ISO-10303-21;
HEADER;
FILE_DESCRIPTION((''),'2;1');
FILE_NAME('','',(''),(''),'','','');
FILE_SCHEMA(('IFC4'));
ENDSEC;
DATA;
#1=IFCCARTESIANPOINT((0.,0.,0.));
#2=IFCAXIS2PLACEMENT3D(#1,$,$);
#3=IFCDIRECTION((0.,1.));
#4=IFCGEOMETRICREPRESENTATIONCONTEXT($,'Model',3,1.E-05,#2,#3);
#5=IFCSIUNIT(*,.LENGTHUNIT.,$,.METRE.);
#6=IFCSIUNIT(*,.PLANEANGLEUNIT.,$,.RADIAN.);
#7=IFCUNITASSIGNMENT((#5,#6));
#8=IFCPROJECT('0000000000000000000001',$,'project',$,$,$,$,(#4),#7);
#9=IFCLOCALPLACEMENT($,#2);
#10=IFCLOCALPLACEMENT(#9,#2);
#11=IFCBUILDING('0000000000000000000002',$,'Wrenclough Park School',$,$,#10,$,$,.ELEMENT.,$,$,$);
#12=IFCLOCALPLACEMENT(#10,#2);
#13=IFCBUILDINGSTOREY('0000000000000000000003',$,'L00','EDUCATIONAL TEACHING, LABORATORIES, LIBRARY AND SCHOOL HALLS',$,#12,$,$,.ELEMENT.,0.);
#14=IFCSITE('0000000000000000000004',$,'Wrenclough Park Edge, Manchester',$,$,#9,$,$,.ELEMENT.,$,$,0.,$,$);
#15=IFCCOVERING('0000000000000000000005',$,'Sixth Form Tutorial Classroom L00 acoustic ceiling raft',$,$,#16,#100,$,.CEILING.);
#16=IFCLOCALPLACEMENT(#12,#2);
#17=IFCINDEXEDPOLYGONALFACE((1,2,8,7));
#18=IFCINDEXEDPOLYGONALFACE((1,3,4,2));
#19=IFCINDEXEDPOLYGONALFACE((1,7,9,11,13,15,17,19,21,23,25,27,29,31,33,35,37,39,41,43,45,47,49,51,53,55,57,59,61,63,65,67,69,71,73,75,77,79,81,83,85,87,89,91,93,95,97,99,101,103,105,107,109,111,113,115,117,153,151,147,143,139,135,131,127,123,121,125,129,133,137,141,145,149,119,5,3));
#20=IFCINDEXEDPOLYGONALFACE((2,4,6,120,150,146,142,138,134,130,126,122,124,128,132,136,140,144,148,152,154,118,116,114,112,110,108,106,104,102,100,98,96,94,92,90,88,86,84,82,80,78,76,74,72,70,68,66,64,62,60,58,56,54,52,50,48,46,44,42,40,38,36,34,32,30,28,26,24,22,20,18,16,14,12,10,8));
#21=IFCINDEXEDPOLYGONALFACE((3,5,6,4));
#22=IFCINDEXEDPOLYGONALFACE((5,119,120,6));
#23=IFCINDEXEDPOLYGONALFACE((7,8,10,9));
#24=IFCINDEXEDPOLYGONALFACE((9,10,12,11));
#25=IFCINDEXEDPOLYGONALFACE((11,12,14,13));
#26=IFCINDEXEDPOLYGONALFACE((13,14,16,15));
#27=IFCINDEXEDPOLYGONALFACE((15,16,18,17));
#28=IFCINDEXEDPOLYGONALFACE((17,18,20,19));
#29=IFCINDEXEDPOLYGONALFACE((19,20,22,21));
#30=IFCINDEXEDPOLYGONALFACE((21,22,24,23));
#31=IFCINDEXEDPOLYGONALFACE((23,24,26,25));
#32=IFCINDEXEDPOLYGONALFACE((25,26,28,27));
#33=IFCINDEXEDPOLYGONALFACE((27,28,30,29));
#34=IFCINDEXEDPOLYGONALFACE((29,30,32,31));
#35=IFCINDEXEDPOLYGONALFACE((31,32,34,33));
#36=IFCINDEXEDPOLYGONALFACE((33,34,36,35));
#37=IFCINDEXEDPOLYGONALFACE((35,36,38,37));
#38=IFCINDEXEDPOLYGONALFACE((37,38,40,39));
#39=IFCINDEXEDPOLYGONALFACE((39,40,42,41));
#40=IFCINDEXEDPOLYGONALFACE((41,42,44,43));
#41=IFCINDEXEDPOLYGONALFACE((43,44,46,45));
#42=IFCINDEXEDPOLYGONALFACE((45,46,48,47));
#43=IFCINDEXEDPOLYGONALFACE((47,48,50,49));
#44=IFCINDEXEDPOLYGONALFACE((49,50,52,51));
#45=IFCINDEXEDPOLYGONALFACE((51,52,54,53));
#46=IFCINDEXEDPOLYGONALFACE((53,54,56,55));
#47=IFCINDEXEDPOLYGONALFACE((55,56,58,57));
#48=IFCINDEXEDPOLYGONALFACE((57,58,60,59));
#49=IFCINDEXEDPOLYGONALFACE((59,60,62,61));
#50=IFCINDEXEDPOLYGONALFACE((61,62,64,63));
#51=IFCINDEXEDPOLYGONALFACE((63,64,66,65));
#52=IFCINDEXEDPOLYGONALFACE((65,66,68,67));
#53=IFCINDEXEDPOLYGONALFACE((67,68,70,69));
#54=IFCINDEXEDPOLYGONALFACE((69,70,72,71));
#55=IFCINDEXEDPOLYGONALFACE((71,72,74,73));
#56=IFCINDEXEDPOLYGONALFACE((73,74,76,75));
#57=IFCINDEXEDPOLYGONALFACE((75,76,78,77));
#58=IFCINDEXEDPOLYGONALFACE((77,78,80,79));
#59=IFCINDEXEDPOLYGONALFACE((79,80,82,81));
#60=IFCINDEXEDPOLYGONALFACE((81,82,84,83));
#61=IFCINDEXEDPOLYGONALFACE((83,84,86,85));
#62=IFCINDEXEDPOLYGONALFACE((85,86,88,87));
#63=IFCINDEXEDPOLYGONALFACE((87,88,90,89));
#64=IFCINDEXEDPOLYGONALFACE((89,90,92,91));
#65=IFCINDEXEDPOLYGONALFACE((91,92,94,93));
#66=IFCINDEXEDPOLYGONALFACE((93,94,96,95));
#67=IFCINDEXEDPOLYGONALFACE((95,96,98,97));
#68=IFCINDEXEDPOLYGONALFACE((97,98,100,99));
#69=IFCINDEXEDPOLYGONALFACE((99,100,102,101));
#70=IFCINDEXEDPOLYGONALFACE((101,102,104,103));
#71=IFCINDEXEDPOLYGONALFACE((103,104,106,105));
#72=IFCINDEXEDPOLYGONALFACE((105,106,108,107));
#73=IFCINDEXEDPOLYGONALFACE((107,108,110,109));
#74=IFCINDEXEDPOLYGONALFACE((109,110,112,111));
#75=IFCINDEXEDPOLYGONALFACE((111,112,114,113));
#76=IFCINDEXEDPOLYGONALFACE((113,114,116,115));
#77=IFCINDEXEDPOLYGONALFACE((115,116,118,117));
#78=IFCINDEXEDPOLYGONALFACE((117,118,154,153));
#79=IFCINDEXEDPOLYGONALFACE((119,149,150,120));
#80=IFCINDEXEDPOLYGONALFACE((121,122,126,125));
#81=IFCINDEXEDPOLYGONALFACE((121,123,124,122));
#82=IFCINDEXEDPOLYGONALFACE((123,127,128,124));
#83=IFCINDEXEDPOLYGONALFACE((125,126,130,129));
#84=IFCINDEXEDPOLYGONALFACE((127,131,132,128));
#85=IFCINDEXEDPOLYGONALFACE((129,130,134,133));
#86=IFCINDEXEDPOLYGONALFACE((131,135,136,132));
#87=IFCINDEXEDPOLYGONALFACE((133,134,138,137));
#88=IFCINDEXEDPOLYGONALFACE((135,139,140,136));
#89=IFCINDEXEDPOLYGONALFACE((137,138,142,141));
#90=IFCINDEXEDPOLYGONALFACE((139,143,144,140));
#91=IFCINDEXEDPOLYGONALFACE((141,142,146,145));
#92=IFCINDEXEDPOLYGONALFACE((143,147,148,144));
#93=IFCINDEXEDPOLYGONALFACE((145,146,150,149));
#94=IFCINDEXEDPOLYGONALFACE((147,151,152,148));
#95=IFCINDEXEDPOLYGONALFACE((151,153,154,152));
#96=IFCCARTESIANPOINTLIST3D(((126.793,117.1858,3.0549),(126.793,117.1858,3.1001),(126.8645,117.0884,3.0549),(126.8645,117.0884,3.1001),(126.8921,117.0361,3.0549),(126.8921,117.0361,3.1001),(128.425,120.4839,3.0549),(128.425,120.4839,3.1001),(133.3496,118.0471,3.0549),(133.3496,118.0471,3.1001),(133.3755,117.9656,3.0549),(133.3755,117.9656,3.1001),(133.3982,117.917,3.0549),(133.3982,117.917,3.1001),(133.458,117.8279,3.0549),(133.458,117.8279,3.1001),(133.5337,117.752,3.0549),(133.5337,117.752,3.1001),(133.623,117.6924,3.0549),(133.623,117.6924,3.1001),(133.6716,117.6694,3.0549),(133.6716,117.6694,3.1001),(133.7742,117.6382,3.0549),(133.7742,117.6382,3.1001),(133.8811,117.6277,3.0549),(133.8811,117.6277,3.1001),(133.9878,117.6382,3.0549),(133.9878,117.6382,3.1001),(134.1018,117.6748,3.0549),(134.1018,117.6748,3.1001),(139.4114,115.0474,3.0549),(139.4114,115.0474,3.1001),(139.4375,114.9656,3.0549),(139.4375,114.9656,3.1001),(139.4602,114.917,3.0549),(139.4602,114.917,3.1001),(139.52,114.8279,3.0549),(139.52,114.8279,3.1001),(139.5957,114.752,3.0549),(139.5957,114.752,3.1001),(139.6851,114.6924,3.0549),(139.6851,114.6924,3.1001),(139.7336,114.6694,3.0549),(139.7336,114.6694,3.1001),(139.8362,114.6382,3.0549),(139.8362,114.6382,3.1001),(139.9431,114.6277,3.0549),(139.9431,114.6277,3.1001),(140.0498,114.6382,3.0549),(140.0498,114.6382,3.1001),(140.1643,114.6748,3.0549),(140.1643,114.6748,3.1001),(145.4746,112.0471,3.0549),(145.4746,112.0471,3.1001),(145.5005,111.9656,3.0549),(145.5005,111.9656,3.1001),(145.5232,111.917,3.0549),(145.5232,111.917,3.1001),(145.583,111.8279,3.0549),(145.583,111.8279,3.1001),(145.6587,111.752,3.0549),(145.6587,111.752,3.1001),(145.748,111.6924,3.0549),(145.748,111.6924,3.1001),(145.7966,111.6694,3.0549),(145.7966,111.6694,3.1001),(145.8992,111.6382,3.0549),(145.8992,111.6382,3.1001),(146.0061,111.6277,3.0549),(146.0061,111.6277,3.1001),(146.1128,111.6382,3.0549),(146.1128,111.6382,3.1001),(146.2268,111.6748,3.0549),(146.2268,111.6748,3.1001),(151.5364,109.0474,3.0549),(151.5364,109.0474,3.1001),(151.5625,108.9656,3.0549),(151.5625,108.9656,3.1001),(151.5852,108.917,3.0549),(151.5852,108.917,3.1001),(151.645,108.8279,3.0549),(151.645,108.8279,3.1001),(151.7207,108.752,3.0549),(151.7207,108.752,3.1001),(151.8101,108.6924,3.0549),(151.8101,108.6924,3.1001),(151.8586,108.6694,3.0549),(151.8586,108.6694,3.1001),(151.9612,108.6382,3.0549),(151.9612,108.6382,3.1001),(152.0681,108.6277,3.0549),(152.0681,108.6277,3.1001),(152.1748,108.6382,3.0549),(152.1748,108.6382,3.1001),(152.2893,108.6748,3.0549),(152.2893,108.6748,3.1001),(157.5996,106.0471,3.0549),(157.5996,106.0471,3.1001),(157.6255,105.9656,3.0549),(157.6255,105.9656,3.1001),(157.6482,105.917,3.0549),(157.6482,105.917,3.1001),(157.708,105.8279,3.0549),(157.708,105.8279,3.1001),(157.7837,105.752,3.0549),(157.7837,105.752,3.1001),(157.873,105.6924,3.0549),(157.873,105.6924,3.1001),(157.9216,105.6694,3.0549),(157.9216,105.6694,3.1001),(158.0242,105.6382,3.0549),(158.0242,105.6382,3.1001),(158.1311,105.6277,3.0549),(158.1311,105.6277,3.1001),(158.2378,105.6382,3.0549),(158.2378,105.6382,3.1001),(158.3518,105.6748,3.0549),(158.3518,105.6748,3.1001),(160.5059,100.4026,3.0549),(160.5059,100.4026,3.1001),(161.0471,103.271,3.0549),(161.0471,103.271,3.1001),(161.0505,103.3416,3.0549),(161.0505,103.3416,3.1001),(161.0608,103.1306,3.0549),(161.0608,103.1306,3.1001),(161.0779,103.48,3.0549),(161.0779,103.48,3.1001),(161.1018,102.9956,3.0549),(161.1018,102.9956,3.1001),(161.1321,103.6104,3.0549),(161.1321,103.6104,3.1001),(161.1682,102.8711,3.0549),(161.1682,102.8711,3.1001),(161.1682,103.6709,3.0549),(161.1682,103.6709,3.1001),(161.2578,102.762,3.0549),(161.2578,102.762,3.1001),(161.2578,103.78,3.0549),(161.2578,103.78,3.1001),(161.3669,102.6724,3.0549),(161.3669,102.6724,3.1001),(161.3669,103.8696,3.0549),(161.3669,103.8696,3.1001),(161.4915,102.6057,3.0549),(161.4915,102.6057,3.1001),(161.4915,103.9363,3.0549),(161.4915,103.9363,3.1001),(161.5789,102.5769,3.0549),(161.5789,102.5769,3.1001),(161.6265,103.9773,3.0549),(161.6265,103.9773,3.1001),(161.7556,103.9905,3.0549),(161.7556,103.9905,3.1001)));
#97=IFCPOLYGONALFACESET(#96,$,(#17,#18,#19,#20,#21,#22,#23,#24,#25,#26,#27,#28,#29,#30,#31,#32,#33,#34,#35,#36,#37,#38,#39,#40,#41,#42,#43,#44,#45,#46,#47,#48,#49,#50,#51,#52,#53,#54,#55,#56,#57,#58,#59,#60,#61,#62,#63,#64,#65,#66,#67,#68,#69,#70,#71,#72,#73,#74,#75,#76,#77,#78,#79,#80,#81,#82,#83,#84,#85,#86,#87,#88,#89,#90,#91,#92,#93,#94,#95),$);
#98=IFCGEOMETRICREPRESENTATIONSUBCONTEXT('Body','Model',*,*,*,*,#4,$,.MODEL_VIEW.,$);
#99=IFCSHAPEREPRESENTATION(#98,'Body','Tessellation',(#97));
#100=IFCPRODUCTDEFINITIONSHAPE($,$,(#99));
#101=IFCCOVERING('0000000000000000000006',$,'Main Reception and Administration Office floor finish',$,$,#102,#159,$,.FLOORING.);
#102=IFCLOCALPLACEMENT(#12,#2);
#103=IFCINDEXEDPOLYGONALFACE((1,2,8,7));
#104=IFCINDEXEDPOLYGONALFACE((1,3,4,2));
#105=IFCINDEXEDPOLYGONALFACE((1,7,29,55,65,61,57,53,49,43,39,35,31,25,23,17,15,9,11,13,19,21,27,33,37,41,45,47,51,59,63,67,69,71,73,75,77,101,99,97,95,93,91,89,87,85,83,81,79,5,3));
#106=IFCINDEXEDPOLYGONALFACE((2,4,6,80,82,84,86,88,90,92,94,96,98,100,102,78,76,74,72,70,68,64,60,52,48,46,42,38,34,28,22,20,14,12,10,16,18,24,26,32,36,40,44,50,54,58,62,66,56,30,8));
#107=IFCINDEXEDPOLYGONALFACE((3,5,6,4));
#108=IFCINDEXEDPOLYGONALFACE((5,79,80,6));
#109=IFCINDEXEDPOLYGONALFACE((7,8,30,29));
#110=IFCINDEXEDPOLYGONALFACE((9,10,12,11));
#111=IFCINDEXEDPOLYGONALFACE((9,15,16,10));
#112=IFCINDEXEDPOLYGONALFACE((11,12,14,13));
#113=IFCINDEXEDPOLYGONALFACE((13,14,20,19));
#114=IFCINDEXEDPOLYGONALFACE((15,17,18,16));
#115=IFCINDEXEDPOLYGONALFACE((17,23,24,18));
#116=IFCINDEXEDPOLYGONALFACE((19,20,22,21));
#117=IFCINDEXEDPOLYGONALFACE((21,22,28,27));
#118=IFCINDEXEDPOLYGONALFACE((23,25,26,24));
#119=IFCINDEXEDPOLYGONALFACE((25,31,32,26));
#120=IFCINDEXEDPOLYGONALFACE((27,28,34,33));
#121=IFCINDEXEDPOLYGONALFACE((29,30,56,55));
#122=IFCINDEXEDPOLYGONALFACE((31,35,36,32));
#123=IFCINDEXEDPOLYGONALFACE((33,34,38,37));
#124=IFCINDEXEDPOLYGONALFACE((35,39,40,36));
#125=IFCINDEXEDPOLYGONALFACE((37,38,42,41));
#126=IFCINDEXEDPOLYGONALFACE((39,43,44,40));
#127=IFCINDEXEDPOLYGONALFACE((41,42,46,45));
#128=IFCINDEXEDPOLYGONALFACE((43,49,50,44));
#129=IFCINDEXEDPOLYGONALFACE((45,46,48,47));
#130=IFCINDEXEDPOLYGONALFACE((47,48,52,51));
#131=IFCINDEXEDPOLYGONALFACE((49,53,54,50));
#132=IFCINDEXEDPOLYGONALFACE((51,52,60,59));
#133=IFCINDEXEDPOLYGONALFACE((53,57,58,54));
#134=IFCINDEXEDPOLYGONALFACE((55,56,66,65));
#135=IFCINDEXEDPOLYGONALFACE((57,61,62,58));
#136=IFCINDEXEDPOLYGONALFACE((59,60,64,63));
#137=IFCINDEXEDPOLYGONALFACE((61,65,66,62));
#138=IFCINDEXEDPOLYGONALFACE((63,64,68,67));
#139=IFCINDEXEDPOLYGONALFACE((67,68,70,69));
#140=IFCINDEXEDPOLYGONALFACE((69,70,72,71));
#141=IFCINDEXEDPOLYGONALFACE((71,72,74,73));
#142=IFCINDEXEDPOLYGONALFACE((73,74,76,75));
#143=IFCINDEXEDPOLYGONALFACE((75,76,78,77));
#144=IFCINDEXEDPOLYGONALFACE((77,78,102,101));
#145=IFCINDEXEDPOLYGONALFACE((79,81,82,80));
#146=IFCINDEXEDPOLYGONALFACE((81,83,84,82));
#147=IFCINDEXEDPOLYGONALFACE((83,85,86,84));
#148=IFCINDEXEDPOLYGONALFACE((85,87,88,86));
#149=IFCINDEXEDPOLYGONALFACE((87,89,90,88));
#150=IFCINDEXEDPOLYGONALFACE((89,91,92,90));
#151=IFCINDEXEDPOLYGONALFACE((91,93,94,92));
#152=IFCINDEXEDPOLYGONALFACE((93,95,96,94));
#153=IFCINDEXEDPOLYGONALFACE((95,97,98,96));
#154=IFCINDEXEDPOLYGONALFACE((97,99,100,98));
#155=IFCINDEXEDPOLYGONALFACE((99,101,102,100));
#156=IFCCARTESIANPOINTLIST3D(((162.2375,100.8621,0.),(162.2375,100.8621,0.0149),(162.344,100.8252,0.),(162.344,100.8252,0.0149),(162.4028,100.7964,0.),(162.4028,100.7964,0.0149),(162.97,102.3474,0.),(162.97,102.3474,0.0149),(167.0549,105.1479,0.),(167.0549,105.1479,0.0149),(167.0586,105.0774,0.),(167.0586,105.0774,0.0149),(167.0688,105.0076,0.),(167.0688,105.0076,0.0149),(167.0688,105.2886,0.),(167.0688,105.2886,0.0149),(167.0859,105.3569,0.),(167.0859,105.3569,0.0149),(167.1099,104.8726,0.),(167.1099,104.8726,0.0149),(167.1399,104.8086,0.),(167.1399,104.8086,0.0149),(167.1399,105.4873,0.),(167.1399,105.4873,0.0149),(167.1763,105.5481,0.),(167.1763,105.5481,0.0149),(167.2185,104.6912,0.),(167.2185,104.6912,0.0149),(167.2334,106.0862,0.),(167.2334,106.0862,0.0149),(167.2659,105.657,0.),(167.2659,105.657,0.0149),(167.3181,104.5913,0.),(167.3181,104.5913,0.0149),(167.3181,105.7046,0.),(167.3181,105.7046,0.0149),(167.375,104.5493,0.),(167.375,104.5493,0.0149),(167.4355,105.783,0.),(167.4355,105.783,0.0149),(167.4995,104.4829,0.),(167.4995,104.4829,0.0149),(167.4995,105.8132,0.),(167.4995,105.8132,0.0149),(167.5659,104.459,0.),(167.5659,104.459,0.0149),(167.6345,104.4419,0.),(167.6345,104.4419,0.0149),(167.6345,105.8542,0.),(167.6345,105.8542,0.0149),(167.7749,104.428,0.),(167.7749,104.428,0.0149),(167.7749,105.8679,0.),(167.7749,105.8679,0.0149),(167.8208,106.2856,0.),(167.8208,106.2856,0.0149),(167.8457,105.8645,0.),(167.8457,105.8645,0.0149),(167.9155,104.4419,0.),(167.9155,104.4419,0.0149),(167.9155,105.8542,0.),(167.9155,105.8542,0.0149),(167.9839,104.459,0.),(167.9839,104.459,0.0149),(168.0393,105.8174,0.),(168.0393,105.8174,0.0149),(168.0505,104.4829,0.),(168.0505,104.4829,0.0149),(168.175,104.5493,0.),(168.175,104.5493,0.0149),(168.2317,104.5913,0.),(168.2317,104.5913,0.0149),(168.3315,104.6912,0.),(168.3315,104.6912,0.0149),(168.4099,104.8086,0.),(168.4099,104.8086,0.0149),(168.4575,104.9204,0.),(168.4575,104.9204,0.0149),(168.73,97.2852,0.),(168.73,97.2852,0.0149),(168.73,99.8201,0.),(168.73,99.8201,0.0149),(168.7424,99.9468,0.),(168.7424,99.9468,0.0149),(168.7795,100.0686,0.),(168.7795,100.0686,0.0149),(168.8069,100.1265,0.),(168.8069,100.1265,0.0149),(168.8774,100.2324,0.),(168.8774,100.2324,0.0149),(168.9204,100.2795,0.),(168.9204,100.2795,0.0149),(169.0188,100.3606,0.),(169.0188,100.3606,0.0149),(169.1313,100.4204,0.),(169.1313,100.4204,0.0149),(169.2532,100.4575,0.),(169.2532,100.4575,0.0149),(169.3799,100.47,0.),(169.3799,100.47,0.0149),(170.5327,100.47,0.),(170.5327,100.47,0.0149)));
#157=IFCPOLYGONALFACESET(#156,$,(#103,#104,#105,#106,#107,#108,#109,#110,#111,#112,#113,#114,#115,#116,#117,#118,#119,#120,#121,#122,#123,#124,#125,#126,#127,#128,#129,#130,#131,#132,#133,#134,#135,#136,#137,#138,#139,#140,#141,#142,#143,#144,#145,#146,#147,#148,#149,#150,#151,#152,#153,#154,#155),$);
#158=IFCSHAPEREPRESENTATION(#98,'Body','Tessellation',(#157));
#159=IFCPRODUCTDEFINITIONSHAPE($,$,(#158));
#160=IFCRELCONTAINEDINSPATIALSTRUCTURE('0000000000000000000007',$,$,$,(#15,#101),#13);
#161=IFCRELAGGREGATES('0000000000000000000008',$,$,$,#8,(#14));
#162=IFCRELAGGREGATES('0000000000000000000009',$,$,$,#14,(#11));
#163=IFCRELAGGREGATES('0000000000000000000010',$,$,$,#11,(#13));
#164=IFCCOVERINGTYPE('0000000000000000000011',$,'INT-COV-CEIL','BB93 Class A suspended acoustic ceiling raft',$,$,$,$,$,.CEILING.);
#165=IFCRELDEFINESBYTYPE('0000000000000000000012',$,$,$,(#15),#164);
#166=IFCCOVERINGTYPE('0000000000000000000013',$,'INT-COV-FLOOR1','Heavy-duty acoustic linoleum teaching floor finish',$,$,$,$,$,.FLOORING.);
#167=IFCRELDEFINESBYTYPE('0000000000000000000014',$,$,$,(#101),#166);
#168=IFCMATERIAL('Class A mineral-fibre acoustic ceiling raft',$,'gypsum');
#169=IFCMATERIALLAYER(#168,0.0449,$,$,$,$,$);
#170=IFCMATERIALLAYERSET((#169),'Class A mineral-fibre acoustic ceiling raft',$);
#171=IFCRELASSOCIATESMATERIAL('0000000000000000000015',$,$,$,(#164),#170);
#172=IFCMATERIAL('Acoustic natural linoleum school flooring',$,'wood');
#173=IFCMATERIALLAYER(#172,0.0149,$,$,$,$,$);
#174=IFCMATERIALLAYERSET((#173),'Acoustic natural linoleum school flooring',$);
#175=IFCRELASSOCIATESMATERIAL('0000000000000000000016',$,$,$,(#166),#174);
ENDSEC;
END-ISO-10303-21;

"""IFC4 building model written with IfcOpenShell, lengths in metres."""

from ifc_helpers import new_model, si_unit, direction, frame, origin, place, context, subcontext, project, spatial, polyline, outline, extrude, material, layer, layer_set, type_object, element, save


model = new_model("IFC4")

# Units and contexts
model_context = context("Model", 3, precision=1e-05, world=origin(), true_north=direction((0.0, 1.0)))
body_context = subcontext(model_context, "Body", "Model", "MODEL_VIEW")
ifc_project = project(units=[si_unit("LENGTHUNIT", "METRE"), si_unit("PLANEANGLEUNIT", "RADIAN")], contexts=[model_context])

# Site, building, storey
site_placement = place(None, origin())
site = spatial("IfcSite", under=ifc_project, at=site_placement, Name="Wrenclough Park Edge, Manchester", CompositionType="ELEMENT", RefElevation=0.0)
building_placement = place(site_placement, origin())
building = spatial("IfcBuilding", under=site, at=building_placement, Name="Wrenclough Park School", CompositionType="ELEMENT")
storey_placement = place(building_placement, origin())
storey = spatial("IfcBuildingStorey", under=building, at=storey_placement, Name="L00", Description="EDUCATIONAL TEACHING, LABORATORIES, LIBRARY AND SCHOOL HALLS", CompositionType="ELEMENT", Elevation=0.0)

# Coverings
ifc_material_1 = material(Name="Class A mineral-fibre acoustic ceiling raft", Category="gypsum")
ifc_layer_1 = layer(ifc_material_1, 0.0449)
ifc_layer_set_1 = layer_set([ifc_layer_1], Name="Class A mineral-fibre acoustic ceiling raft")
covering_type_1 = type_object("IfcCoveringType", Name="INT-COV-CEIL", Description="BB93 Class A suspended acoustic ceiling raft", PredefinedType="CEILING", material=ifc_layer_set_1)
covering_1_placement = place(storey_placement, frame((0.0, 0.0, 3.0549)))
element("IfcCovering", 1, at=covering_1_placement, inside=storey, type_object=covering_type_1, Name="Sixth Form Tutorial Classroom L00 acoustic ceiling raft", PredefinedType="CEILING", context=body_context, shape_type="SweptSolid", body=[
    extrude(outline(polyline([(126.8645, 117.0884), (126.8921, 117.0361), (160.5059, 100.4026), (161.5789, 102.5769), (161.4915, 102.6057), (161.3669, 102.6724), (161.2578, 102.762), (161.1682, 102.8711), (161.1018, 102.9956), (161.0608, 103.1306), (161.0471, 103.271), (161.0505, 103.3416), (161.0779, 103.48), (161.1321, 103.6104), (161.1682, 103.6709), (161.2578, 103.78), (161.3669, 103.8696), (161.4915, 103.9363), (161.6265, 103.9773), (161.7556, 103.9905), (158.3518, 105.6748), (158.2378, 105.6382), (158.1311, 105.6277), (158.0242, 105.6382), (157.9216, 105.6694), (157.873, 105.6924), (157.7837, 105.752), (157.708, 105.8279), (157.6482, 105.917), (157.6255, 105.9656), (157.5996, 106.0471), (152.2893, 108.6748), (152.1748, 108.6382), (152.0681, 108.6277), (151.9612, 108.6382), (151.8586, 108.6694), (151.8101, 108.6924), (151.7207, 108.752), (151.645, 108.8279), (151.5852, 108.917), (151.5625, 108.9656), (151.5364, 109.0474), (146.2268, 111.6748), (146.1128, 111.6382), (146.0061, 111.6277), (145.8992, 111.6382), (145.7966, 111.6694), (145.748, 111.6924), (145.6587, 111.752), (145.583, 111.8279), (145.5232, 111.917), (145.5005, 111.9656), (145.4746, 112.0471), (140.1643, 114.6748), (140.0498, 114.6382), (139.9431, 114.6277), (139.8362, 114.6382), (139.7336, 114.6694), (139.6851, 114.6924), (139.5957, 114.752), (139.52, 114.8279), (139.4602, 114.917), (139.4375, 114.9656), (139.4114, 115.0474), (134.1018, 117.6748), (133.9878, 117.6382), (133.8811, 117.6277), (133.7742, 117.6382), (133.6716, 117.6694), (133.623, 117.6924), (133.5337, 117.752), (133.458, 117.8279), (133.3982, 117.917), (133.3755, 117.9656), (133.3496, 118.0471), (128.425, 120.4839), (126.793, 117.1858), (126.8645, 117.0884)])), origin(), (0.0, 0.0, 1.0), 0.0452),
])
ifc_material_2 = material(Name="Acoustic natural linoleum school flooring", Category="wood")
ifc_layer_2 = layer(ifc_material_2, 0.0149)
ifc_layer_set_2 = layer_set([ifc_layer_2], Name="Acoustic natural linoleum school flooring")
covering_type_2 = type_object("IfcCoveringType", Name="INT-COV-FLOOR1", Description="Heavy-duty acoustic linoleum teaching floor finish", PredefinedType="FLOORING", material=ifc_layer_set_2)
covering_2_placement = place(storey_placement, origin())
element("IfcCovering", 2, at=covering_2_placement, inside=storey, type_object=covering_type_2, Name="Main Reception and Administration Office floor finish", PredefinedType="FLOORING", context=body_context, shape_type="SweptSolid", body=[
    extrude(outline(polyline([(162.97, 102.3474), (162.2375, 100.8621), (162.344, 100.8252), (162.4028, 100.7964), (168.73, 97.2852), (168.73, 99.8201), (168.7424, 99.9468), (168.7795, 100.0686), (168.8069, 100.1265), (168.8774, 100.2324), (168.9204, 100.2795), (169.0188, 100.3606), (169.1313, 100.4204), (169.2532, 100.4575), (169.3799, 100.47), (170.5327, 100.47), (168.4575, 104.9204), (168.4099, 104.8086), (168.3315, 104.6912), (168.2317, 104.5913), (168.175, 104.5493), (168.0505, 104.4829), (167.9839, 104.459), (167.9155, 104.4419), (167.7749, 104.428), (167.6345, 104.4419), (167.5659, 104.459), (167.4995, 104.4829), (167.375, 104.5493), (167.3181, 104.5913), (167.2185, 104.6912), (167.1399, 104.8086), (167.1099, 104.8726), (167.0688, 105.0076), (167.0586, 105.0774), (167.0549, 105.1479), (167.0688, 105.2886), (167.0859, 105.3569), (167.1399, 105.4873), (167.1763, 105.5481), (167.2659, 105.657), (167.3181, 105.7046), (167.4355, 105.783), (167.4995, 105.8132), (167.6345, 105.8542), (167.7749, 105.8679), (167.8457, 105.8645), (167.9155, 105.8542), (168.0393, 105.8174), (167.8208, 106.2856), (167.2334, 106.0862), (162.97, 102.3474)])), origin(), (0.0, 0.0, 1.0), 0.0149),
])

save(model, "model.ifc")
